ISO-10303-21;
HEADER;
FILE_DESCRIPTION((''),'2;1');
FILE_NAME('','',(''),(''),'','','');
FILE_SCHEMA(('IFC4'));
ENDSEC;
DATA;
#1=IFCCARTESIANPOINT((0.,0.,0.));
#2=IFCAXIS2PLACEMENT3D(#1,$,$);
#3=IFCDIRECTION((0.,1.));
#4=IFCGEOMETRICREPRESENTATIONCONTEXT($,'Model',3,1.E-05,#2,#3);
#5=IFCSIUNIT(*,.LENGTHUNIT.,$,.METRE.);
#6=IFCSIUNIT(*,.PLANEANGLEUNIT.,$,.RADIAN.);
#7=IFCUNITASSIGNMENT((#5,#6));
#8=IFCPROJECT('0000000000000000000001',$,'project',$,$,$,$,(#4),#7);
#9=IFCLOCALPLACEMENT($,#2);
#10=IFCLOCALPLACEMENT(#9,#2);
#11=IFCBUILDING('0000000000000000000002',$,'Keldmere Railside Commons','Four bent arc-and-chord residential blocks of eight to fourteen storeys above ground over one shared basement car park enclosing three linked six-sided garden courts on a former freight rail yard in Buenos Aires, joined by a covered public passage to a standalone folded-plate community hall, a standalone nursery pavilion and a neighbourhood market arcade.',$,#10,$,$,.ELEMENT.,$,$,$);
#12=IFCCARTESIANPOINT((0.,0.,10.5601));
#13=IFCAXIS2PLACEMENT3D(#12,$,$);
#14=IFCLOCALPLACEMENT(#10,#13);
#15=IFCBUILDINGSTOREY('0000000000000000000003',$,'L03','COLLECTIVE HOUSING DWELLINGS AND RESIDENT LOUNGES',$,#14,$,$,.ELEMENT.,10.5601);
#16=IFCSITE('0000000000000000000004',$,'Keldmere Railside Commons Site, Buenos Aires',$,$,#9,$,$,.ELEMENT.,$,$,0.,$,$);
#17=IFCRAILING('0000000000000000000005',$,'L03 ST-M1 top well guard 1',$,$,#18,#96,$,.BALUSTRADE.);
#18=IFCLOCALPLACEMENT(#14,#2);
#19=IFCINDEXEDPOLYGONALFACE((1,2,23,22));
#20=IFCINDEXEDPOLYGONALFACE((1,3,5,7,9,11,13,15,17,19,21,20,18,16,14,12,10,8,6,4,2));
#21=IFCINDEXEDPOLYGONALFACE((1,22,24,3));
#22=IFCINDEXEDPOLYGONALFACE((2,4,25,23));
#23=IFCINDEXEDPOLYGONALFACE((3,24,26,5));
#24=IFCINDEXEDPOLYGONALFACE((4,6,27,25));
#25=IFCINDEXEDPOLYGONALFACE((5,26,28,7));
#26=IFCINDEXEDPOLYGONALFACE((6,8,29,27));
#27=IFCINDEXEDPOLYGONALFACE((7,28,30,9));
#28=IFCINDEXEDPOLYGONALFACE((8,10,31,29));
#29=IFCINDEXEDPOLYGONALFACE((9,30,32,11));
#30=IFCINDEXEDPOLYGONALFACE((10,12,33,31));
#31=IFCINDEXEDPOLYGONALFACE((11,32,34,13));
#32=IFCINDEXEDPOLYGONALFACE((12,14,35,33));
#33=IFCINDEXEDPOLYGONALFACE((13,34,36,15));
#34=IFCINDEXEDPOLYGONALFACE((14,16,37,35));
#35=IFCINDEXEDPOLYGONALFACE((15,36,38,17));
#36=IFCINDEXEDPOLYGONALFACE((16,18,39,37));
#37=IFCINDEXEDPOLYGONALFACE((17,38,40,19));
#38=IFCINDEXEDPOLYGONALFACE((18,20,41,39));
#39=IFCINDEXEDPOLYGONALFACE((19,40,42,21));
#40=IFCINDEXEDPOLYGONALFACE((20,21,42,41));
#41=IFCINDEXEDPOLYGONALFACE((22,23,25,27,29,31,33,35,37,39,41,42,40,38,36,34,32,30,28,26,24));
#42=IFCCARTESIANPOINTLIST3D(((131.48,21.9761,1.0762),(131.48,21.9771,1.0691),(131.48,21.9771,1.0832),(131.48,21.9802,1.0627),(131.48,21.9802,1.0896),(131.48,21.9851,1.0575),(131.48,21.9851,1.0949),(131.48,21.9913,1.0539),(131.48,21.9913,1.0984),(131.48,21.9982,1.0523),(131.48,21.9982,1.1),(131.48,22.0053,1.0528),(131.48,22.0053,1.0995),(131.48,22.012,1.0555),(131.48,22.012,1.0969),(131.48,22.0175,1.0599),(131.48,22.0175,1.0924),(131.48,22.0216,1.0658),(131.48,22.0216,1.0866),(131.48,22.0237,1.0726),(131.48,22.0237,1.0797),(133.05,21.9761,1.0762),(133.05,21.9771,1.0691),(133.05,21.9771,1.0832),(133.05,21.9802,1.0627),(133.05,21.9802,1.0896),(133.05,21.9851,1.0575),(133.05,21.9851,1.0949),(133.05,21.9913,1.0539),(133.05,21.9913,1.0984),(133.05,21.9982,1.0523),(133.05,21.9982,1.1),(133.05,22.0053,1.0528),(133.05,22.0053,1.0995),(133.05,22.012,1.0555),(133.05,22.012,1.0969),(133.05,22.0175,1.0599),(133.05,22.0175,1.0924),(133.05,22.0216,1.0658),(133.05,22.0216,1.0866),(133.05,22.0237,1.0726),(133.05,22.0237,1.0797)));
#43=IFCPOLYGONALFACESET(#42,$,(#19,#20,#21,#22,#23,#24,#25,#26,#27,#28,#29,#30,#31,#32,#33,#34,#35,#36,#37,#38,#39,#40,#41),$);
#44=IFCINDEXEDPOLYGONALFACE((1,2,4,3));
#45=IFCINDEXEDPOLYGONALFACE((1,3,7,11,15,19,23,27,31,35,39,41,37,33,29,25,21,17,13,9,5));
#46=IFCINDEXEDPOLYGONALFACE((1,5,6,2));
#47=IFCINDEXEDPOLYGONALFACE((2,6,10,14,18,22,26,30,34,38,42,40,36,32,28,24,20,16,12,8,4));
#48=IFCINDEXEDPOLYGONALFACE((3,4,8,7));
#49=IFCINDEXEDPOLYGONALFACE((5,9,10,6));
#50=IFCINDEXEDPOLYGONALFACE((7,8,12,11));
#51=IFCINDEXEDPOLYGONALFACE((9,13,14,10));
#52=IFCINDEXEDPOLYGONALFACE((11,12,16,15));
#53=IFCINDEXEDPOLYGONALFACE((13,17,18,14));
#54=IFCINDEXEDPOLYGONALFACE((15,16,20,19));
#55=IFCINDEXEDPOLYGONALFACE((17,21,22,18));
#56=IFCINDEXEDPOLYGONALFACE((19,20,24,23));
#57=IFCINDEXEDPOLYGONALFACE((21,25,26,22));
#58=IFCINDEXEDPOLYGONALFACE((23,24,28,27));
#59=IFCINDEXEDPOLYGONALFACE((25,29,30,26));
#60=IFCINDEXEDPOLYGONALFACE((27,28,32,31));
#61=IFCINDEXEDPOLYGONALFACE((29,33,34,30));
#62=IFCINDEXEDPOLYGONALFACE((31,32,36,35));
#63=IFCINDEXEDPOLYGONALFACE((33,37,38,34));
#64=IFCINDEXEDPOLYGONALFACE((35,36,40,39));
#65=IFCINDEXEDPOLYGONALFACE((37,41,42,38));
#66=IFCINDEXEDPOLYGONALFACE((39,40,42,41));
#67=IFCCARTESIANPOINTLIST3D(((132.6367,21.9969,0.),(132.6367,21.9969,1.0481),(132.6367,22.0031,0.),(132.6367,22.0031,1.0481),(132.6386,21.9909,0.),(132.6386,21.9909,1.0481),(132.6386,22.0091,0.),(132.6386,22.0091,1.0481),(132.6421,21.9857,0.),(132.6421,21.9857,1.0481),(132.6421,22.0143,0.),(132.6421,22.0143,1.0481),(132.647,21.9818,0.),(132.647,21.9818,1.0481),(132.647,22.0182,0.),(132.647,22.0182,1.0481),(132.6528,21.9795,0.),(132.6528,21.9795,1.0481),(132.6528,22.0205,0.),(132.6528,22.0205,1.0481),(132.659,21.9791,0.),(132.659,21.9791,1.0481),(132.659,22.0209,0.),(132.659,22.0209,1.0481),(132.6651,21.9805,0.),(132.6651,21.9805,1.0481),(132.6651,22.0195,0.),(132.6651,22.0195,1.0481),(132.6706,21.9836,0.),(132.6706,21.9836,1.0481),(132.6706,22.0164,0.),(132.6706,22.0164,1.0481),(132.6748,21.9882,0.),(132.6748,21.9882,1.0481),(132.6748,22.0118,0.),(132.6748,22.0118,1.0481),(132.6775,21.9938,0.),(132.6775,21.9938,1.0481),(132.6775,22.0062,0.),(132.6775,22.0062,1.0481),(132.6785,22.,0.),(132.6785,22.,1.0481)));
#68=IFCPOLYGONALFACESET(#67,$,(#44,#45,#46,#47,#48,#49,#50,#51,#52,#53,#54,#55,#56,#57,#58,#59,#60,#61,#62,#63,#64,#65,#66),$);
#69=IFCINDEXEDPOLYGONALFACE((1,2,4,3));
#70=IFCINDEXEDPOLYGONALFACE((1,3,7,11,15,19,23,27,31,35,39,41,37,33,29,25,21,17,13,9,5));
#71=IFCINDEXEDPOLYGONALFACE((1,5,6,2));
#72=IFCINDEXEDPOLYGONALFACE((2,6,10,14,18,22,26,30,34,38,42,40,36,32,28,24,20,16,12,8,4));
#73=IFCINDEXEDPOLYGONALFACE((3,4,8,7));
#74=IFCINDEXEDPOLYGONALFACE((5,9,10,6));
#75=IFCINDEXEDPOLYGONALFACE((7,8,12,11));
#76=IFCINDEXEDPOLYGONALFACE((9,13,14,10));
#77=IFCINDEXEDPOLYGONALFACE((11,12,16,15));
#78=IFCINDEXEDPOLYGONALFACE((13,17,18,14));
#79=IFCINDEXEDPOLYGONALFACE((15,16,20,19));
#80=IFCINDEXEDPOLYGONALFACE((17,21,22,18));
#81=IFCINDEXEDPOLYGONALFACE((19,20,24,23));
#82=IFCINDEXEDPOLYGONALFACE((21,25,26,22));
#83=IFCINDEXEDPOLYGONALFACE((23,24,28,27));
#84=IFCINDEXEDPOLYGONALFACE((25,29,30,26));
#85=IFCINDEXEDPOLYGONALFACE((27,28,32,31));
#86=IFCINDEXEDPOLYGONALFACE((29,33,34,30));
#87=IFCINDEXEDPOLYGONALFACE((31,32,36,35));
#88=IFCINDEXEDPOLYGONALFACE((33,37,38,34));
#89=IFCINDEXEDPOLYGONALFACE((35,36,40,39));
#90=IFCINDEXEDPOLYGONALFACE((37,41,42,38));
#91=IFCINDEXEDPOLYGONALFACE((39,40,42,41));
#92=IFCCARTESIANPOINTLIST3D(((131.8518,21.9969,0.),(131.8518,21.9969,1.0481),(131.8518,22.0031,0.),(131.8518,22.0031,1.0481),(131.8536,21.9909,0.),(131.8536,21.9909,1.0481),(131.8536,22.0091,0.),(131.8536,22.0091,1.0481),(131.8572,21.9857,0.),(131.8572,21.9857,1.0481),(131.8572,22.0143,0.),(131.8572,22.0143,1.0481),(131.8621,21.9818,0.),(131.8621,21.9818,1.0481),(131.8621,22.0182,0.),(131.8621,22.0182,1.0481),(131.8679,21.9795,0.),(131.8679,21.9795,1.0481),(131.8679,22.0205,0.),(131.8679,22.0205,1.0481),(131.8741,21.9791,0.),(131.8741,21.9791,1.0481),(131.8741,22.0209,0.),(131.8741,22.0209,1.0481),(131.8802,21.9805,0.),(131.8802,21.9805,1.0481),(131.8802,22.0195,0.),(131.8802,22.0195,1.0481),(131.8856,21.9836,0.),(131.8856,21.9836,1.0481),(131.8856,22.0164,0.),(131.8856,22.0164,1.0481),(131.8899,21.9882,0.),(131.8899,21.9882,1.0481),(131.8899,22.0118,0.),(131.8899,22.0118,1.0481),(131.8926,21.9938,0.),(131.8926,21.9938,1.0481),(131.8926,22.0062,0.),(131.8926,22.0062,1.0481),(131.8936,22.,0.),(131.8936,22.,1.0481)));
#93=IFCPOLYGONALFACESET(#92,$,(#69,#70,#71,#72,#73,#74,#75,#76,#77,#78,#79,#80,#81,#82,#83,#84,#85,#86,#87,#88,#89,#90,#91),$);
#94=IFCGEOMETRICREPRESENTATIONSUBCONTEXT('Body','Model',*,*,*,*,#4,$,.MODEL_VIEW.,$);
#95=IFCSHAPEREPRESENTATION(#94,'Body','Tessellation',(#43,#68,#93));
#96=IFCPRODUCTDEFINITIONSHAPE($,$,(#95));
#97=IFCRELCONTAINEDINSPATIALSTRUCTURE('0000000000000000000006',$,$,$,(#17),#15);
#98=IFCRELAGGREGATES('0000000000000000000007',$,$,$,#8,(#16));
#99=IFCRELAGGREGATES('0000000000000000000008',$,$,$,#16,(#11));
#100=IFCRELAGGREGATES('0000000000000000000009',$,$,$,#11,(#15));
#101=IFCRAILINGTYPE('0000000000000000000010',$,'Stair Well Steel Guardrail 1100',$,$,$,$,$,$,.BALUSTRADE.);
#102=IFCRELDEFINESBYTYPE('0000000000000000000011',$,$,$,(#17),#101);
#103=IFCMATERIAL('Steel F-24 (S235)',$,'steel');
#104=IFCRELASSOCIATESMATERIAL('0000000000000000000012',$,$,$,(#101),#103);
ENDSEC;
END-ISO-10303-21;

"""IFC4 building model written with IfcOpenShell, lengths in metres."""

from ifc_helpers import new_model, si_unit, direction, frame, origin, origin_2d, place, context, subcontext, project, spatial, circle, extrude, material, type_object, element, save


model = new_model("IFC4")

# Units and contexts
model_context = context("Model", 3, precision=1e-05, world=origin(), true_north=direction((0.0, 1.0)))
body_context = subcontext(model_context, "Body", "Model", "MODEL_VIEW")
ifc_project = project(units=[si_unit("LENGTHUNIT", "METRE"), si_unit("PLANEANGLEUNIT", "RADIAN")], contexts=[model_context])

# Site, building, storey
site_placement = place(None, origin())
site = spatial("IfcSite", under=ifc_project, at=site_placement, Name="Keldmere Railside Commons Site, Buenos Aires", CompositionType="ELEMENT", RefElevation=0.0)
building_placement = place(site_placement, origin())
building = spatial("IfcBuilding", under=site, at=building_placement, Name="Keldmere Railside Commons", Description="Four bent arc-and-chord residential blocks of eight to fourteen storeys above ground over one shared basement car park enclosing three linked six-sided garden courts on a former freight rail yard in Buenos Aires, joined by a covered public passage to a standalone folded-plate community hall, a standalone nursery pavilion and a neighbourhood market arcade.", CompositionType="ELEMENT")
storey_placement = place(building_placement, frame((0.0, 0.0, 10.5601)))
storey = spatial("IfcBuildingStorey", under=building, at=storey_placement, Name="L03", Description="COLLECTIVE HOUSING DWELLINGS AND RESIDENT LOUNGES", CompositionType="ELEMENT", Elevation=10.5601)

# Railing
ifc_material_1 = material(Name="Steel F-24 (S235)", Category="steel")
railing_type_1 = type_object("IfcRailingType", Name="Stair Well Steel Guardrail 1100", PredefinedType="BALUSTRADE", material=ifc_material_1)
railing_1_placement = place(storey_placement, frame((133.05, 22.0, 0.0)))
element("IfcRailing", 1, at=railing_1_placement, inside=storey, type_object=railing_type_1, Name="L03 ST-M1 top well guard 1", PredefinedType="BALUSTRADE", context=body_context, shape_type="SweptSolid", body=[
    extrude(circle(Radius=0.0239, at=origin_2d()), frame((0.0, 0.0, 1.0762), z_axis=(-1.0, 0.0, 0.0), x_axis=(0.0, -1.0, 0.0)), (0.0, 0.0, 1.0), 1.5701),
    extrude(circle(Radius=0.021, at=origin_2d()), frame((-0.3926, 0.0, 0.0)), (0.0, 0.0, 1.0), 1.0481),
    extrude(circle(Radius=0.021, at=origin_2d()), frame((-1.1775, 0.0, 0.0)), (0.0, 0.0, 1.0), 1.0481),
])

save(model, "model.ifc")
